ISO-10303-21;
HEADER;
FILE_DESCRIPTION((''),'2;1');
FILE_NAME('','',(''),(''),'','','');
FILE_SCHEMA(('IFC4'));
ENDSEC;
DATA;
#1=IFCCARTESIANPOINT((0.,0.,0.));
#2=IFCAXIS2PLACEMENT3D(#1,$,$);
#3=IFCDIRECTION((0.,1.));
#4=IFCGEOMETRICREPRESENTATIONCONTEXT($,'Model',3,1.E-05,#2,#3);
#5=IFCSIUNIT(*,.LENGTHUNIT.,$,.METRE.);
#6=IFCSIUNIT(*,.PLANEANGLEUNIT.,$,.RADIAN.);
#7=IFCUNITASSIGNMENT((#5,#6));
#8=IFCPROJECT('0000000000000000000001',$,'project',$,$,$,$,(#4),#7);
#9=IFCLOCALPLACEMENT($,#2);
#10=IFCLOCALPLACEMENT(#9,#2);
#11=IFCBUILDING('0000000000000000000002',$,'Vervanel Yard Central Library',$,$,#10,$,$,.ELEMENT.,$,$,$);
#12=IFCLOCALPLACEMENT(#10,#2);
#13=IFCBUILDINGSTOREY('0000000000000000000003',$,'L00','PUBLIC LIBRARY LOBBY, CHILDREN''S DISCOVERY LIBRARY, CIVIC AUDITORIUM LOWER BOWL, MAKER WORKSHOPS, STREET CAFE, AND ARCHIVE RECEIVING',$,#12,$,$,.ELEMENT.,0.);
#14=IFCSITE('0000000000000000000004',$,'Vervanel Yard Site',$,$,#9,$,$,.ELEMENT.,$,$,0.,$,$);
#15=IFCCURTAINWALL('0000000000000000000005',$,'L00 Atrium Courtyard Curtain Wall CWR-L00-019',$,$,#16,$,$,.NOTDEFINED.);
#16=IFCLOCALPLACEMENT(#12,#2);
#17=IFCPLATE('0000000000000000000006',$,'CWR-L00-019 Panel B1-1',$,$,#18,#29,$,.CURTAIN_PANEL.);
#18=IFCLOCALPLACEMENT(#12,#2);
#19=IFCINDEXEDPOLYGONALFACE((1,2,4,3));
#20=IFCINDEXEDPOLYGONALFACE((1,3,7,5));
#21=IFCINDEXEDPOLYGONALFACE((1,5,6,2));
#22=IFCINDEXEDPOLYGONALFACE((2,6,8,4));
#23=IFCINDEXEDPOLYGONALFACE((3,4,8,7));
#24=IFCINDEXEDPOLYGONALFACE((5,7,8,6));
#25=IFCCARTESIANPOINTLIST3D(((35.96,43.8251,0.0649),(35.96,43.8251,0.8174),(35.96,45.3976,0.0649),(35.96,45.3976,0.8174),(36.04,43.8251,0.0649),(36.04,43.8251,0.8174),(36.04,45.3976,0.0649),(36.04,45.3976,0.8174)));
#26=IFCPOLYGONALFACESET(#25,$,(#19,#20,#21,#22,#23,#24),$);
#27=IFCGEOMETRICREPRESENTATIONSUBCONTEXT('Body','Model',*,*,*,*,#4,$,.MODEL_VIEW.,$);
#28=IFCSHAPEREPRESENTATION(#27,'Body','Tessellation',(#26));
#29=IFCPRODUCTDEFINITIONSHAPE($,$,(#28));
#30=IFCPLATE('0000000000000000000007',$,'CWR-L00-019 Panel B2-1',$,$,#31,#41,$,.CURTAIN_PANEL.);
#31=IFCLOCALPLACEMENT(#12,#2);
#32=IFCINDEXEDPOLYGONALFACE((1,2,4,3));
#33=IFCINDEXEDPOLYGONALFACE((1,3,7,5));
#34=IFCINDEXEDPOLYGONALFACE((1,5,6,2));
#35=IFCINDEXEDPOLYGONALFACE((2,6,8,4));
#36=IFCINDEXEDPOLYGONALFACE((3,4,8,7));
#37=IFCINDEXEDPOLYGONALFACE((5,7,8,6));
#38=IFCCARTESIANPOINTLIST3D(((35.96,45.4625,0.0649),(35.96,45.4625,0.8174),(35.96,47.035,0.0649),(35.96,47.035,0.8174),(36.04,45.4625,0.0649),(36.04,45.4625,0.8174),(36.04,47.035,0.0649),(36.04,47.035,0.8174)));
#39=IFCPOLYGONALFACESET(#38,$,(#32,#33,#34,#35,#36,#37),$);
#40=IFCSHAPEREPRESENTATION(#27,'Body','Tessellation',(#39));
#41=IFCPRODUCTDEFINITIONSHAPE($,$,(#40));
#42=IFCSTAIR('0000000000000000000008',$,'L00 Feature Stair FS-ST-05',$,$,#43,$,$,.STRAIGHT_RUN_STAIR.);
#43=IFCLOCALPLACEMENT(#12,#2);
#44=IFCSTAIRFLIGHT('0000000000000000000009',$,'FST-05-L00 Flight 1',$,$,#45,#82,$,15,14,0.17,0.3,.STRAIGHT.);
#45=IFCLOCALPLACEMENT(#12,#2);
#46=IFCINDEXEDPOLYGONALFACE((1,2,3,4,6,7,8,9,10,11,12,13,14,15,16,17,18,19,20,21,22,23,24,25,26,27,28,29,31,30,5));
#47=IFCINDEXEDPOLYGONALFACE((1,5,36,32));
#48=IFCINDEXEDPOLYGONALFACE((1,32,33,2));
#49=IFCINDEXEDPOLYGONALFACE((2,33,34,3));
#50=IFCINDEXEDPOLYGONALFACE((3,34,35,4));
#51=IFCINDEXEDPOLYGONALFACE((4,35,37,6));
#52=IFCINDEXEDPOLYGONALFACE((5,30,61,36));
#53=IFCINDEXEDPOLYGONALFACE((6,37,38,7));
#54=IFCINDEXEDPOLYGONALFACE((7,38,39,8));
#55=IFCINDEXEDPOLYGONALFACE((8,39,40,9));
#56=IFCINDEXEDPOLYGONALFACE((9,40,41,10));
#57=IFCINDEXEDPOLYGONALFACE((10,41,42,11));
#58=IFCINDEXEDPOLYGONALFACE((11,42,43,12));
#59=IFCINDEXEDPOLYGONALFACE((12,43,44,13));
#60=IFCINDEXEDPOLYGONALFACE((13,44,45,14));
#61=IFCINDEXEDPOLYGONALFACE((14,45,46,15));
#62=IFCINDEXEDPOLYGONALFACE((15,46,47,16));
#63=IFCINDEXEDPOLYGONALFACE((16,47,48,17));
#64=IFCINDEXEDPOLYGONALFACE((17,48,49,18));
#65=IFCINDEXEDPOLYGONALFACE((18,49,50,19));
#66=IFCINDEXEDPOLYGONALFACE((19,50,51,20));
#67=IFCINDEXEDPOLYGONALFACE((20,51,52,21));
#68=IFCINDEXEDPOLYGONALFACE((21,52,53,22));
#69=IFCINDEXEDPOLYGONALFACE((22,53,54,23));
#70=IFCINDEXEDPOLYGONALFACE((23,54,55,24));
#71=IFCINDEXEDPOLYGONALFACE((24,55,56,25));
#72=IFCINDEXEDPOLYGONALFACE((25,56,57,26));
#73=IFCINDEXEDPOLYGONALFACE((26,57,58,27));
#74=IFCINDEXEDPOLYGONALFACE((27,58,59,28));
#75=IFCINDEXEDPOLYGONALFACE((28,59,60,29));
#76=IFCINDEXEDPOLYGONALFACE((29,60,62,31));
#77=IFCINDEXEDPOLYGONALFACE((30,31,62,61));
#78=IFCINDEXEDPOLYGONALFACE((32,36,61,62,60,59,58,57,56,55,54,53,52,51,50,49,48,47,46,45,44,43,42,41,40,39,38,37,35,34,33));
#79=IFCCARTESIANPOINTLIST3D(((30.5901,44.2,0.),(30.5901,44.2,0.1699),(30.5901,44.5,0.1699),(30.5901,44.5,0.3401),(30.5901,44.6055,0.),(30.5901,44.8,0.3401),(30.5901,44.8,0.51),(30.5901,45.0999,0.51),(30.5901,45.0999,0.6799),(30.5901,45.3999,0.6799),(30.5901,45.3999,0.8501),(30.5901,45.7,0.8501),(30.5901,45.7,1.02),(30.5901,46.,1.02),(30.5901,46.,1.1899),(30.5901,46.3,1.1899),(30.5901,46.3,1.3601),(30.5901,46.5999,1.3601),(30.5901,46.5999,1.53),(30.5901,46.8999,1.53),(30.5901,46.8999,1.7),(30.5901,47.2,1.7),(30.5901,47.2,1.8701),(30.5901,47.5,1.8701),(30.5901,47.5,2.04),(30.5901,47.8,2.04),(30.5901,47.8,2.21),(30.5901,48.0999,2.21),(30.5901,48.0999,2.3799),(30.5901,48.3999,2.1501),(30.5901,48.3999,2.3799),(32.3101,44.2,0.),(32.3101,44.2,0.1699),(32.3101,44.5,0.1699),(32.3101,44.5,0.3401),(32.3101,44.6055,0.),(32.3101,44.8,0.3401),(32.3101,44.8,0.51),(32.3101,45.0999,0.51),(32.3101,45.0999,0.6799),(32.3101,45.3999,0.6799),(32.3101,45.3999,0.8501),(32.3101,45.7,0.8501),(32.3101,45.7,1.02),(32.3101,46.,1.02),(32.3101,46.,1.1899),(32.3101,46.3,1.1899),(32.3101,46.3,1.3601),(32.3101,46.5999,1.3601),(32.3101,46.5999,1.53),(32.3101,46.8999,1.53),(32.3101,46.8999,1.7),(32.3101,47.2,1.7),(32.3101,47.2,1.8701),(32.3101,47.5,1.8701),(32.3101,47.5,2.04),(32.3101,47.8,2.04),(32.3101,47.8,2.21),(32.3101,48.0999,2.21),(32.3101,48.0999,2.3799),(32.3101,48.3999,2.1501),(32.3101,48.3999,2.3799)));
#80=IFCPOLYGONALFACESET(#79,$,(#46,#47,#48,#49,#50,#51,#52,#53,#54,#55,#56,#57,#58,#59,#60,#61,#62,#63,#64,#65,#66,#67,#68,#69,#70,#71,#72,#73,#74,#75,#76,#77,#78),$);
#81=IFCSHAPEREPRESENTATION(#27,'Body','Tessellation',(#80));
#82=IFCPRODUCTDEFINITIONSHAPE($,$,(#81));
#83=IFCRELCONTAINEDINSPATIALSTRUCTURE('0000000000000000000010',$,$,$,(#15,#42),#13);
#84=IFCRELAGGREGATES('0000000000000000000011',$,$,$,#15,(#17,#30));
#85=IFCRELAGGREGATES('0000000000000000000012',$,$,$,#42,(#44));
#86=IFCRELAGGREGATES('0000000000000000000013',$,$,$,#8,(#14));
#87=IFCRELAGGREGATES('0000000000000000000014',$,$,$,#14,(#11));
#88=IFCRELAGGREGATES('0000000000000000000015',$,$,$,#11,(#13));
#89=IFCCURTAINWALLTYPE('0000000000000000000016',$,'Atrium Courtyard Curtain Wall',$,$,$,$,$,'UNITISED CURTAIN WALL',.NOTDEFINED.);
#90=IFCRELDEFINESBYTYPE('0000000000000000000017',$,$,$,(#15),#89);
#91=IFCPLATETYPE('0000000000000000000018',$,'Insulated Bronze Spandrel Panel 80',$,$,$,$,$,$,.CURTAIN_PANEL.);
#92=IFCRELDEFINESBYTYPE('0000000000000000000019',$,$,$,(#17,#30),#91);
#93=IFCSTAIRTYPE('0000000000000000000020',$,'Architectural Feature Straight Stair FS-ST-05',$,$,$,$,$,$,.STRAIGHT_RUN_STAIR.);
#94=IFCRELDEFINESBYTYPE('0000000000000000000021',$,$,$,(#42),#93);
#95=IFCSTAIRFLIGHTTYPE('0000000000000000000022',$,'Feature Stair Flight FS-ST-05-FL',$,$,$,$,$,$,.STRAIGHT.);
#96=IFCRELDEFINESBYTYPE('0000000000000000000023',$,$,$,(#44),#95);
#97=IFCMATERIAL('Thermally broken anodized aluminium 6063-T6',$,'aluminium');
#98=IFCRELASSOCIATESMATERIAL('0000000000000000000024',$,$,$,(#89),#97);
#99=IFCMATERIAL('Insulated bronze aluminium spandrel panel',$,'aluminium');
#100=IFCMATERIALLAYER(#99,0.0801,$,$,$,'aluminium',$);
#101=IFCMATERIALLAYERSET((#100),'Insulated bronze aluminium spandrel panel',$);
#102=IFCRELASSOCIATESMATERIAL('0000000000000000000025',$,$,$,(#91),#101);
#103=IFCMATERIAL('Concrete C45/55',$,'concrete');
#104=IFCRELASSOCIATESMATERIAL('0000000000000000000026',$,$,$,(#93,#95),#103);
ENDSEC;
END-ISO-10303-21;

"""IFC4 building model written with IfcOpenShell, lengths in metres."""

from ifc_helpers import new_model, si_unit, direction, frame, origin, origin_2d, place, context, subcontext, project, spatial, polyline, rectangle, outline, extrude, material, layer, layer_set, type_object, element, aggregate, save


model = new_model("IFC4")

# Units and contexts
model_context = context("Model", 3, precision=1e-05, world=origin(), true_north=direction((0.0, 1.0)))
body_context = subcontext(model_context, "Body", "Model", "MODEL_VIEW")
ifc_project = project(units=[si_unit("LENGTHUNIT", "METRE"), si_unit("PLANEANGLEUNIT", "RADIAN")], contexts=[model_context])

# Site, building, storey
site_placement = place(None, origin())
site = spatial("IfcSite", under=ifc_project, at=site_placement, Name="Vervanel Yard Site", CompositionType="ELEMENT", RefElevation=0.0)
building_placement = place(site_placement, origin())
building = spatial("IfcBuilding", under=site, at=building_placement, Name="Vervanel Yard Central Library", CompositionType="ELEMENT")
storey_placement = place(building_placement, origin())
storey = spatial("IfcBuildingStorey", under=building, at=storey_placement, Name="L00", Description="PUBLIC LIBRARY LOBBY, CHILDREN'S DISCOVERY LIBRARY, CIVIC AUDITORIUM LOWER BOWL, MAKER WORKSHOPS, STREET CAFE, AND ARCHIVE RECEIVING", CompositionType="ELEMENT", Elevation=0.0)

# Shared definitions
ifc_material_1 = material(Name="Thermally broken anodized aluminium 6063-T6", Category="aluminium")
curtain_wall_type = type_object("IfcCurtainWallType", Name="Atrium Courtyard Curtain Wall", ElementType="UNITISED CURTAIN WALL", PredefinedType="NOTDEFINED", material=ifc_material_1)

# Curtain wall
curtain_wall_1_placement = place(storey_placement, origin())
curtain_wall_1 = element("IfcCurtainWall", 1, at=curtain_wall_1_placement, inside=storey, type_object=curtain_wall_type, Name="L00 Atrium Courtyard Curtain Wall CWR-L00-019", PredefinedType="NOTDEFINED")

# Plates
ifc_material_2 = material(Name="Insulated bronze aluminium spandrel panel", Category="aluminium")
ifc_layer_1 = layer(ifc_material_2, 0.0801, Category="aluminium")
ifc_layer_set_1 = layer_set([ifc_layer_1], Name="Insulated bronze aluminium spandrel panel")
plate_type_1 = type_object("IfcPlateType", Name="Insulated Bronze Spandrel Panel 80", PredefinedType="CURTAIN_PANEL", material=ifc_layer_set_1)
plate_1_placement = place(storey_placement, frame((36.0, 44.6113, 0.0649), z_axis=(0.0, 0.0, 1.0), x_axis=(0.0, 1.0, 0.0)))
plate_1 = element("IfcPlate", 2, at=plate_1_placement, type_object=plate_type_1, Name="CWR-L00-019 Panel B1-1", PredefinedType="CURTAIN_PANEL", context=body_context, shape_type="SweptSolid", body=[
    extrude(rectangle(XDim=1.5725, YDim=0.0801, at=origin_2d()), origin(), (0.0, 0.0, 1.0), 0.7524),
])
plate_2_placement = place(storey_placement, frame((36.0, 46.2488, 0.0649), z_axis=(0.0, 0.0, 1.0), x_axis=(0.0, 1.0, 0.0)))
plate_2 = element("IfcPlate", 3, at=plate_2_placement, type_object=plate_type_1, Name="CWR-L00-019 Panel B2-1", PredefinedType="CURTAIN_PANEL", context=body_context, shape_type="SweptSolid", body=[
    extrude(rectangle(XDim=1.5725, YDim=0.0801, at=origin_2d()), origin(), (0.0, 0.0, 1.0), 0.7524),
])
aggregate(curtain_wall_1, [plate_1, plate_2])

# Stair, stair flight
ifc_material_3 = material(Name="Concrete C45/55", Category="concrete")
stair_type = type_object("IfcStairType", Name="Architectural Feature Straight Stair FS-ST-05", PredefinedType="STRAIGHT_RUN_STAIR", material=ifc_material_3)
stair_placement = place(storey_placement, origin())
stair = element("IfcStair", 4, at=stair_placement, inside=storey, type_object=stair_type, Name="L00 Feature Stair FS-ST-05", PredefinedType="STRAIGHT_RUN_STAIR")
stair_flight_type = type_object("IfcStairFlightType", Name="Feature Stair Flight FS-ST-05-FL", PredefinedType="STRAIGHT", material=ifc_material_3)
stair_flight_placement = place(storey_placement, frame((31.45, 44.2, 0.0), z_axis=(0.0, 0.0, 1.0), x_axis=(0.0, 1.0, 0.0)))
stair_flight = element("IfcStairFlight", 5, at=stair_flight_placement, type_object=stair_flight_type, Name="FST-05-L00 Flight 1", NumberOfRisers=15, NumberOfTreads=14, PredefinedType="STRAIGHT", RiserHeight=0.17, TreadLength=0.3, context=body_context, shape_type="SweptSolid", body=[
    extrude(outline(polyline([(0.0, 0.0), (0.0, 0.1699), (0.3, 0.1699), (0.3, 0.3401), (0.6001, 0.3401), (0.6001, 0.51), (0.8999, 0.51), (0.8999, 0.6799), (1.2, 0.6799), (1.2, 0.8501), (1.5, 0.8501), (1.5, 1.02), (1.8, 1.02), (1.8, 1.1899), (2.1001, 1.1899), (2.1001, 1.3601), (2.3999, 1.3601), (2.3999, 1.53), (2.7, 1.53), (2.7, 1.7), (3.0, 1.7), (3.0, 1.8701), (3.3, 1.8701), (3.3, 2.04), (3.6001, 2.04), (3.6001, 2.21), (3.8999, 2.21), (3.8999, 2.3799), (4.2, 2.3799), (4.2, 2.55), (4.2, 2.1501), (0.4055, 0.0), (0.0, 0.0)])), frame((0.0, 0.8599, 0.0), z_axis=(0.0, -1.0, 0.0), x_axis=(1.0, 0.0, 0.0)), (0.0, 0.0, 1.0), 1.72),
])
aggregate(stair, [stair_flight])

save(model, "model.ifc")
